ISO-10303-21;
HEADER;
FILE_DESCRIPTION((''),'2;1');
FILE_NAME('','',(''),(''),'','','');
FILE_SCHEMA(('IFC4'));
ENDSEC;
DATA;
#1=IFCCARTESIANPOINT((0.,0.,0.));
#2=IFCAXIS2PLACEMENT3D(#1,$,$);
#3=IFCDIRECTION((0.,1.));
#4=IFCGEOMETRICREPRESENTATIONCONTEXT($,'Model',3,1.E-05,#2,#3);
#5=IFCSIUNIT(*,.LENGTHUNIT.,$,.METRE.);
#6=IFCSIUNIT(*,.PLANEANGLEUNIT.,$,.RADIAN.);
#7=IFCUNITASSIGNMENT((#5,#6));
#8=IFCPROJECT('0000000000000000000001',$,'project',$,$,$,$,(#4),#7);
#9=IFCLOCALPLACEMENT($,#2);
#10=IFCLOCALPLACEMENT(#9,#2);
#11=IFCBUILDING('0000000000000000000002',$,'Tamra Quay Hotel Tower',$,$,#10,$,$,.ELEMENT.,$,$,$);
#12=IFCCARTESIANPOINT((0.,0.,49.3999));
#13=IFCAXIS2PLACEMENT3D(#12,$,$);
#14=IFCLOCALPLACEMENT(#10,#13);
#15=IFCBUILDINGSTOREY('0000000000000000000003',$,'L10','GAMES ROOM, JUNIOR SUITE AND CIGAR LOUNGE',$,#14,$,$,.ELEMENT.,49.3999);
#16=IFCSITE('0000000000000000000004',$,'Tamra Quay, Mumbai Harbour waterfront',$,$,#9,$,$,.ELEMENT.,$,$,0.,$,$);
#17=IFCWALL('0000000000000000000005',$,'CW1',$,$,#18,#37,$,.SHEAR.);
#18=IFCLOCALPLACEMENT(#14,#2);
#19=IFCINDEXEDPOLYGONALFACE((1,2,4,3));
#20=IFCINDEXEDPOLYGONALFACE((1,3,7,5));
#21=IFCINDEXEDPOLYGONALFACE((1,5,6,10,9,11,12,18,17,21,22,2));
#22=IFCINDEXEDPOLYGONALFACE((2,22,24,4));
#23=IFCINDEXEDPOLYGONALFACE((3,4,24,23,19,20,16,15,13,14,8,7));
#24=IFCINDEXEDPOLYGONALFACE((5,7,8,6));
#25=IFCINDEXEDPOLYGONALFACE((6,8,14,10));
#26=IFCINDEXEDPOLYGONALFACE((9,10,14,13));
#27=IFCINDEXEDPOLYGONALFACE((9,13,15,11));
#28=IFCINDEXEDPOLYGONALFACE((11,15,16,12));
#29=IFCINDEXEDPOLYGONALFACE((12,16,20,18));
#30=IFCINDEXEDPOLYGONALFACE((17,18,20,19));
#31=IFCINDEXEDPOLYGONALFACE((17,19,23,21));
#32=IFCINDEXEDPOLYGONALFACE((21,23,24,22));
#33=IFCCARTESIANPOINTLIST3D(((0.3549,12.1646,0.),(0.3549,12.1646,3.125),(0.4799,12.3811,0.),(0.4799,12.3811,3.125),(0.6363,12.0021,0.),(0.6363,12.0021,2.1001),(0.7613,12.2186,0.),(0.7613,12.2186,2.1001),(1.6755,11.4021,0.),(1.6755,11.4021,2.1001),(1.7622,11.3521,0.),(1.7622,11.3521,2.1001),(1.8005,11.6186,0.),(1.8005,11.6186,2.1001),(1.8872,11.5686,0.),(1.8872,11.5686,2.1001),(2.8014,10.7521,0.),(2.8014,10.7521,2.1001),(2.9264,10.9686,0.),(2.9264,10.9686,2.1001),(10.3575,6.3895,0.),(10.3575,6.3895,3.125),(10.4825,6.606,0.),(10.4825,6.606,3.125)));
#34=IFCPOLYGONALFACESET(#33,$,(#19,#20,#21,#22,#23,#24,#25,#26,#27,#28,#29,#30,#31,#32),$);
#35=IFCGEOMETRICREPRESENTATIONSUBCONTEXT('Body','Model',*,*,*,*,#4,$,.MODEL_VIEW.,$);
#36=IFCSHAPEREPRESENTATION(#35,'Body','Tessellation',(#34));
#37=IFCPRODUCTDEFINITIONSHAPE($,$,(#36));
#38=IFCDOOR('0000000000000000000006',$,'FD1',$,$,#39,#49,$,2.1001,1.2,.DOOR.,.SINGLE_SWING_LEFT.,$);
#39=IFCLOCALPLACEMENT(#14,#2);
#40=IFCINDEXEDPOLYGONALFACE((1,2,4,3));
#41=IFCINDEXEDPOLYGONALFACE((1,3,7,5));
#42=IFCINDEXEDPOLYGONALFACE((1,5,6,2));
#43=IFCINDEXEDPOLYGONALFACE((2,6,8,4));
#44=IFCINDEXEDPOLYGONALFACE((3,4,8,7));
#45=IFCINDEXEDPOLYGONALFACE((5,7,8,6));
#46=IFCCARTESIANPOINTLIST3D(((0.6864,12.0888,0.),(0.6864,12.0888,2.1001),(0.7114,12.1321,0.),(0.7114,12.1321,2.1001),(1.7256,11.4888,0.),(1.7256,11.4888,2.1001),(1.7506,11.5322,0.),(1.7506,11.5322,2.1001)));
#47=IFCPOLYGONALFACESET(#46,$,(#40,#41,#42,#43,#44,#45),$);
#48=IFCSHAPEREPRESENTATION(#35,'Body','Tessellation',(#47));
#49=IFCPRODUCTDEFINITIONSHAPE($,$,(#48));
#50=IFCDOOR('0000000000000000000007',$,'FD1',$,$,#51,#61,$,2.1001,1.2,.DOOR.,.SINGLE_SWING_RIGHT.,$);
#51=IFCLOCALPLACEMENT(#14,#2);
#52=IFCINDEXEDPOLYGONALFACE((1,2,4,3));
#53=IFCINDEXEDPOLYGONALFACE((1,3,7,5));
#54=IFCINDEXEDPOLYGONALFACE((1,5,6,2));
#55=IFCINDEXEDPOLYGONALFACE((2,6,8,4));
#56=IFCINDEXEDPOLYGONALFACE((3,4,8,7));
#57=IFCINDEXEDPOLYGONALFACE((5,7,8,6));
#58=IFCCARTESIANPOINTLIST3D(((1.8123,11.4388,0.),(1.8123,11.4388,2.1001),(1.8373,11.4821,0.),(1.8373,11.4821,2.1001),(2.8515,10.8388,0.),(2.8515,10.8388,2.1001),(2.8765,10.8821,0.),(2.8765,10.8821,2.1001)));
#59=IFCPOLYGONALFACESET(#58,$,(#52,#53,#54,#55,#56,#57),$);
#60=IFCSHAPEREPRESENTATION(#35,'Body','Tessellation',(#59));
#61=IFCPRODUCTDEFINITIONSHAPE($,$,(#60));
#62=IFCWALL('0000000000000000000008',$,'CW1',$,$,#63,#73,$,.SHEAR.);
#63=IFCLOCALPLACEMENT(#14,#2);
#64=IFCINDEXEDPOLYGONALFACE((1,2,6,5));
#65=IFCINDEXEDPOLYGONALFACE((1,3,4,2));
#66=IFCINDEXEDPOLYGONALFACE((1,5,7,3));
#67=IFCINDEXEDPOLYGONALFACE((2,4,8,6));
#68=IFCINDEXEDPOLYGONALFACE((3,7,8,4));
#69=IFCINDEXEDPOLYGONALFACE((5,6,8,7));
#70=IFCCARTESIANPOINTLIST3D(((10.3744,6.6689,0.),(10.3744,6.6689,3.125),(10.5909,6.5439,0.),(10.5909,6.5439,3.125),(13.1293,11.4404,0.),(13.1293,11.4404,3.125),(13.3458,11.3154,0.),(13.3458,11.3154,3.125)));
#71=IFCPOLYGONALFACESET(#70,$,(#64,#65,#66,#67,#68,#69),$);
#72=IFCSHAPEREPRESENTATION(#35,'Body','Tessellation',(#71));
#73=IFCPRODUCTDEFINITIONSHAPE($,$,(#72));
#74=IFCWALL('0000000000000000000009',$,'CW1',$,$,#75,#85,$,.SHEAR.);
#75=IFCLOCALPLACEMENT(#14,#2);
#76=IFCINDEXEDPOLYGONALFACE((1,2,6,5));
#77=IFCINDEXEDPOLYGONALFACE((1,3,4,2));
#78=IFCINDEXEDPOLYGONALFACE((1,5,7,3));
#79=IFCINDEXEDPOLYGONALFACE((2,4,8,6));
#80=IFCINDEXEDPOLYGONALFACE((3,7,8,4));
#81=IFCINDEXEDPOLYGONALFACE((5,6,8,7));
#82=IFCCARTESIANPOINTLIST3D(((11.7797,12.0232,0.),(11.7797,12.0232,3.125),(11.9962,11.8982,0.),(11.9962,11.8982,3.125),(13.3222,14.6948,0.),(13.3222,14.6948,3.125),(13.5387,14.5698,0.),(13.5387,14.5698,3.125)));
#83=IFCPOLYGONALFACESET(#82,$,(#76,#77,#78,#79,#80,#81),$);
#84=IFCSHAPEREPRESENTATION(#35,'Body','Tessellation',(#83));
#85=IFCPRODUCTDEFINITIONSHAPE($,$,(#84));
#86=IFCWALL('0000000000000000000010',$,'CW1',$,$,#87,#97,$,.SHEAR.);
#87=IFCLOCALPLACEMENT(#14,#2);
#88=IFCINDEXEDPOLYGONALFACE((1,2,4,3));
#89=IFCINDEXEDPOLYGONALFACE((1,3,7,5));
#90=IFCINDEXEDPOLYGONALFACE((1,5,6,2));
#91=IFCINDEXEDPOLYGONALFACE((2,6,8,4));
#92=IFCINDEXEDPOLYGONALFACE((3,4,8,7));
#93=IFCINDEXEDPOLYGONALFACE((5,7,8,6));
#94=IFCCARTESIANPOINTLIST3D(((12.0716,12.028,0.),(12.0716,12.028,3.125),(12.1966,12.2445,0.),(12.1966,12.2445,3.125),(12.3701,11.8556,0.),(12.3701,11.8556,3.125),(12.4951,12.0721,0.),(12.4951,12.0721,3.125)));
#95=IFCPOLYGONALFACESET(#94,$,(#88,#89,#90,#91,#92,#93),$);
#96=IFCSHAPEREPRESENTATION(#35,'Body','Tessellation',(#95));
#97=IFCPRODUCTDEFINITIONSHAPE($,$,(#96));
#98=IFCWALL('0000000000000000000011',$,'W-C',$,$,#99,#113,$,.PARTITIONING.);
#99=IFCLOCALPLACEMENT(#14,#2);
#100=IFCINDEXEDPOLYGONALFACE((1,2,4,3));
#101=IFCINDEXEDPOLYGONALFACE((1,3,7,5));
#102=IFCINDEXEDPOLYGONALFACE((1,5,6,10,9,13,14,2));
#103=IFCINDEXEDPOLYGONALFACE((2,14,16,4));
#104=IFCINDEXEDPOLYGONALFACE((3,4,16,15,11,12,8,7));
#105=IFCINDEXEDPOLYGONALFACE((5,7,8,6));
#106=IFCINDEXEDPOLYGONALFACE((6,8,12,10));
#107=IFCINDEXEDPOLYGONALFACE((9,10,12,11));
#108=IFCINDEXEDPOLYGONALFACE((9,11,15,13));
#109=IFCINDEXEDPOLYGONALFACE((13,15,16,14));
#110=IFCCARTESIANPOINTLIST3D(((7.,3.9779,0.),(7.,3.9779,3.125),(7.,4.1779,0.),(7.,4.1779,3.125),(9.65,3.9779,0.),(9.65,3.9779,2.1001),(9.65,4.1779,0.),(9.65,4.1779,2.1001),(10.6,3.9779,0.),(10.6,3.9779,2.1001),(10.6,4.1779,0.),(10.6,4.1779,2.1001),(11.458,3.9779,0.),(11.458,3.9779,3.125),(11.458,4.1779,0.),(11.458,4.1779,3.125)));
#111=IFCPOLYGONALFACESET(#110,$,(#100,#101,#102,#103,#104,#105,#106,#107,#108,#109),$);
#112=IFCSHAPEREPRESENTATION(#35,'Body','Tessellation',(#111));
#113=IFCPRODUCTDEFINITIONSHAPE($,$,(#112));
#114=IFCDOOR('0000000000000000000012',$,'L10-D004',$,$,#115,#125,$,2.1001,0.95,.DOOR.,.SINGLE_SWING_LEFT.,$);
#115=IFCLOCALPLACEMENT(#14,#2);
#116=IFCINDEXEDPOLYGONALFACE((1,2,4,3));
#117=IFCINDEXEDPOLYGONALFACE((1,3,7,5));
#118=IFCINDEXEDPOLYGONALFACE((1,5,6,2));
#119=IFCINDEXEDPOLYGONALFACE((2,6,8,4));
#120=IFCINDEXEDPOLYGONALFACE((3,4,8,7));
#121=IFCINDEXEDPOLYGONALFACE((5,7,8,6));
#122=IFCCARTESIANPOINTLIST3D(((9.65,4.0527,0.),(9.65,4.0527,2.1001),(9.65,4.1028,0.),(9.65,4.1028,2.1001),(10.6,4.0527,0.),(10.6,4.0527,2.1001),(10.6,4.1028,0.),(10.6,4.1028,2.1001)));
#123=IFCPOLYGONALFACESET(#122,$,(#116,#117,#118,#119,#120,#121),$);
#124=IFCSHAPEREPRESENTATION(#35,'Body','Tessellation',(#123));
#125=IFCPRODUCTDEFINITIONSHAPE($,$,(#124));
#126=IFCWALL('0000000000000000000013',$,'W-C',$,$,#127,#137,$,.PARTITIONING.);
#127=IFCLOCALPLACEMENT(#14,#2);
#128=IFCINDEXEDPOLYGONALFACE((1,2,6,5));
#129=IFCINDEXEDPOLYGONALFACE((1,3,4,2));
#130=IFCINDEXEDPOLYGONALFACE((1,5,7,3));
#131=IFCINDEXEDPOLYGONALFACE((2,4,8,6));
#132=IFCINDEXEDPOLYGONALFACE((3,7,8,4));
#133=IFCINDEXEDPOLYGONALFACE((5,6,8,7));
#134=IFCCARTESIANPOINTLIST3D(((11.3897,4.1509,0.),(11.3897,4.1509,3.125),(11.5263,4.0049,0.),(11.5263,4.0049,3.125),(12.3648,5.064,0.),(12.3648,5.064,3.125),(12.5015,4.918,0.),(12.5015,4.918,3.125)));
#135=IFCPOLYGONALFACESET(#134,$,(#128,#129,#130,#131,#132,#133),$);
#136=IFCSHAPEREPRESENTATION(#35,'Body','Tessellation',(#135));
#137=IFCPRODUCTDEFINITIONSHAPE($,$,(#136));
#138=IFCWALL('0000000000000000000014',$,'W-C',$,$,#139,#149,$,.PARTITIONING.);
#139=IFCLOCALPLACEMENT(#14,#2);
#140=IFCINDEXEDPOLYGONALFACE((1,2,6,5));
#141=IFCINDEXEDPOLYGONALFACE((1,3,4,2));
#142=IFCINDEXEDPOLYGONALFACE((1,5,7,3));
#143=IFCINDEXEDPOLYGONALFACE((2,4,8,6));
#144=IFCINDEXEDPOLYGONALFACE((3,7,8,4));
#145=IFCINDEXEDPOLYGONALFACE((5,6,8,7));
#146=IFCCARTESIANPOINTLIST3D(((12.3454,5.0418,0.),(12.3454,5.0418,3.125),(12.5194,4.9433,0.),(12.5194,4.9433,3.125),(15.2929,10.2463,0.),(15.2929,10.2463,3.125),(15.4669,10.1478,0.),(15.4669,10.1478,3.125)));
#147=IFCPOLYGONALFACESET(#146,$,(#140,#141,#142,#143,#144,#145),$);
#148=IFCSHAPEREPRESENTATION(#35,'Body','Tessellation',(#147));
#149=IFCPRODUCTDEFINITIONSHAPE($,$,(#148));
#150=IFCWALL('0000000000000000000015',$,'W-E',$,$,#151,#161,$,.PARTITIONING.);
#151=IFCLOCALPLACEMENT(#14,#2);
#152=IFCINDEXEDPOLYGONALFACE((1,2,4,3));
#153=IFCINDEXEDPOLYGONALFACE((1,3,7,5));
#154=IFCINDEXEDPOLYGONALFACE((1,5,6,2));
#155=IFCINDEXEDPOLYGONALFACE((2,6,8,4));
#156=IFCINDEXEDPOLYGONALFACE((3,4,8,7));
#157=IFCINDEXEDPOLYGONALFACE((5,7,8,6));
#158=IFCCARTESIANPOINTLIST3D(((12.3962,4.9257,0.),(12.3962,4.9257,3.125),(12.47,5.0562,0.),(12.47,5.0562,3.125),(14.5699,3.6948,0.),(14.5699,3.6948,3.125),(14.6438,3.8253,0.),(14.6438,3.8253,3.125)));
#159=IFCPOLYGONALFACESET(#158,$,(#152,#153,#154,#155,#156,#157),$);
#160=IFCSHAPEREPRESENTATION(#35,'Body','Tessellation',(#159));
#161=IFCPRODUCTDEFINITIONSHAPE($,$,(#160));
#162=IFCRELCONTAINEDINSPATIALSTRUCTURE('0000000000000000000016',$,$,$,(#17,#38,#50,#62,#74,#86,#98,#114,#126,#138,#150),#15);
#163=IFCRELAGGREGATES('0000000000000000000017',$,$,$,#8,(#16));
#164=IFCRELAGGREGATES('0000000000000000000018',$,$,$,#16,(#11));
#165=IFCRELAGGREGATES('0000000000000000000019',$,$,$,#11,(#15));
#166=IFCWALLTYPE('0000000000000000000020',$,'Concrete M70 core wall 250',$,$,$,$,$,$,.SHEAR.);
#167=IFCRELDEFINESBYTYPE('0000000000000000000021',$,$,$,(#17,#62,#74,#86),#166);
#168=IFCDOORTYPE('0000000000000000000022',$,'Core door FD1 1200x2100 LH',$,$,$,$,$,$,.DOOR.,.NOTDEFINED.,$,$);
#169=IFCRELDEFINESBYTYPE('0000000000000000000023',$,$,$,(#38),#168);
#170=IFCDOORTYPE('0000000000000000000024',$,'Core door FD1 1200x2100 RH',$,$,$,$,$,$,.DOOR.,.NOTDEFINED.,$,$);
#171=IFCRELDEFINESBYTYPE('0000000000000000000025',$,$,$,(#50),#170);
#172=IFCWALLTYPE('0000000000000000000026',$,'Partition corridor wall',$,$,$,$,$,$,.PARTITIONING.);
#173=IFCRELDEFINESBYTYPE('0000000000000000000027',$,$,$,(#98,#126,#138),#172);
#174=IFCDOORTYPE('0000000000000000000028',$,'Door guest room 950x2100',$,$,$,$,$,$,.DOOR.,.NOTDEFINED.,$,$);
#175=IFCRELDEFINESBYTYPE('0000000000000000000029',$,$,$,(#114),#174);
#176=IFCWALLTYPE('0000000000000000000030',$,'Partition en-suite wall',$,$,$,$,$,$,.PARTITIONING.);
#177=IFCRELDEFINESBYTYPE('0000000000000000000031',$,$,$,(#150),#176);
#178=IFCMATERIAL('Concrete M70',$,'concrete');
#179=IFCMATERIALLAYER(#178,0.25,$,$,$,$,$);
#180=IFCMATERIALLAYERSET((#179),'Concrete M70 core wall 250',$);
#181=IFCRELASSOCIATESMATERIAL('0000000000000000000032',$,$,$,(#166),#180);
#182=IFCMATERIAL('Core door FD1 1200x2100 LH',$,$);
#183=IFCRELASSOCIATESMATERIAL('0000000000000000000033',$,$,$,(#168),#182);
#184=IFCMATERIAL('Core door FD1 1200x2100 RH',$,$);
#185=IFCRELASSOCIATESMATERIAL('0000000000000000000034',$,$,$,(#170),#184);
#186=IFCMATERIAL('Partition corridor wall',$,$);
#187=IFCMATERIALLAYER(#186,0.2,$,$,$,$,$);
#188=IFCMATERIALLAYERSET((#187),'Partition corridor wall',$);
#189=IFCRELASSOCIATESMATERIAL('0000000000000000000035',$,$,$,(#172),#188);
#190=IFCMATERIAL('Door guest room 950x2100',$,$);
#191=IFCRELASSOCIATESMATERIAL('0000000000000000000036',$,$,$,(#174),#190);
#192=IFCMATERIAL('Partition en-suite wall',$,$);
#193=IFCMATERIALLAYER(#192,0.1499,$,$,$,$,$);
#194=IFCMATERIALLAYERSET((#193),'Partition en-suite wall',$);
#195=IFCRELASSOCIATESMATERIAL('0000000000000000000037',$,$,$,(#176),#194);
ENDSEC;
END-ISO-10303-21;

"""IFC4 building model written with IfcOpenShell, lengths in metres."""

from ifc_helpers import new_model, si_unit, direction, frame, frame_2d, origin, place, context, subcontext, project, spatial, rectangle, extrude, material, layer, layer_set, type_object, element, fill, save


model = new_model("IFC4")

# Units and contexts
model_context = context("Model", 3, precision=1e-05, world=origin(), true_north=direction((0.0, 1.0)))
body_context = subcontext(model_context, "Body", "Model", "MODEL_VIEW")
ifc_project = project(units=[si_unit("LENGTHUNIT", "METRE"), si_unit("PLANEANGLEUNIT", "RADIAN")], contexts=[model_context])

# Site, building, storey
site_placement = place(None, origin())
site = spatial("IfcSite", under=ifc_project, at=site_placement, Name="Tamra Quay, Mumbai Harbour waterfront", CompositionType="ELEMENT", RefElevation=0.0)
building_placement = place(site_placement, origin())
building = spatial("IfcBuilding", under=site, at=building_placement, Name="Tamra Quay Hotel Tower", CompositionType="ELEMENT")
storey_placement = place(building_placement, frame((0.0, 0.0, 49.3999)))
storey = spatial("IfcBuildingStorey", under=building, at=storey_placement, Name="L10", Description="GAMES ROOM, JUNIOR SUITE AND CIGAR LOUNGE", CompositionType="ELEMENT", Elevation=49.3999)

# Wall, openings, doors
ifc_material_1 = material(Name="Concrete M70", Category="concrete")
ifc_layer_1 = layer(ifc_material_1, 0.25)
ifc_layer_set_1 = layer_set([ifc_layer_1], Name="Concrete M70 core wall 250")
wall_type_1 = type_object("IfcWallType", Name="Concrete M70 core wall 250", PredefinedType="SHEAR", material=ifc_layer_set_1)
wall_1_placement = place(storey_placement, frame((10.4199, 6.4978, 0.0), z_axis=(0.0, 0.0, 1.0), x_axis=(-0.866022, 0.500006, 0.0)))
wall_1 = element("IfcWall", 1, at=wall_1_placement, inside=storey, type_object=wall_type_1, Name="CW1", PredefinedType="SHEAR", context=body_context, shape_type="SweptSolid", body=[
    extrude(rectangle(XDim=11.55, YDim=0.25, at=frame_2d((5.7749, 0.0))), origin(), (0.0, 0.0, 1.0), 3.125),
])
opening_1_placement = place(wall_1_placement, frame((10.0249, 0.0, 0.0)))
opening_1 = element("IfcOpeningElement", 2, at=opening_1_placement, cuts=wall_1, PredefinedType="OPENING", context=body_context, shape_type="SweptSolid", body=[
    extrude(rectangle(XDim=1.2, YDim=2.1001, at=frame_2d((0.6001, 1.05))), frame((0.0, 0.135, 0.0), z_axis=(0.0, -1.0, 0.0), x_axis=(1.0, 0.0, 0.0)), (0.0, 0.0, 1.0), 0.27),
])
opening_2_placement = place(wall_1_placement, frame((8.7249, 0.0, 0.0)))
opening_2 = element("IfcOpeningElement", 3, at=opening_2_placement, cuts=wall_1, PredefinedType="OPENING", context=body_context, shape_type="SweptSolid", body=[
    extrude(rectangle(XDim=1.2, YDim=2.1001, at=frame_2d((0.6001, 1.05))), frame((0.0, 0.135, 0.0), z_axis=(0.0, -1.0, 0.0), x_axis=(1.0, 0.0, 0.0)), (0.0, 0.0, 1.0), 0.27),
])
ifc_material_2 = material(Name="Core door FD1 1200x2100 LH")
door_type_1 = type_object("IfcDoorType", Name="Core door FD1 1200x2100 LH", OperationType="NOTDEFINED", PredefinedType="DOOR", material=ifc_material_2)
door_1_placement = place(opening_1_placement, origin())
door_1 = element("IfcDoor", 4, at=door_1_placement, inside=storey, type_object=door_type_1, Name="FD1", OperationType="SINGLE_SWING_LEFT", OverallHeight=2.1001, OverallWidth=1.2, PredefinedType="DOOR", context=body_context, shape_type="SweptSolid", body=[
    extrude(rectangle(XDim=1.2, YDim=2.1001, at=frame_2d((0.6001, 1.05))), frame((0.0, 0.0249, 0.0), z_axis=(0.0, -1.0, 0.0), x_axis=(1.0, 0.0, 0.0)), (0.0, 0.0, 1.0), 0.05),
])
fill(opening_1, door_1)
ifc_material_3 = material(Name="Core door FD1 1200x2100 RH")
door_type_2 = type_object("IfcDoorType", Name="Core door FD1 1200x2100 RH", OperationType="NOTDEFINED", PredefinedType="DOOR", material=ifc_material_3)
door_2_placement = place(opening_2_placement, origin())
door_2 = element("IfcDoor", 5, at=door_2_placement, inside=storey, type_object=door_type_2, Name="FD1", OperationType="SINGLE_SWING_RIGHT", OverallHeight=2.1001, OverallWidth=1.2, PredefinedType="DOOR", context=body_context, shape_type="SweptSolid", body=[
    extrude(rectangle(XDim=1.2, YDim=2.1001, at=frame_2d((0.6001, 1.05))), frame((0.0, 0.0249, 0.0), z_axis=(0.0, -1.0, 0.0), x_axis=(1.0, 0.0, 0.0)), (0.0, 0.0, 1.0), 0.05),
])
fill(opening_2, door_2)

# Walls
wall_2_placement = place(storey_placement, frame((13.2375, 11.3779, 0.0), z_axis=(0.0, 0.0, 1.0), x_axis=(-0.500009, -0.86602, 0.0)))
element("IfcWall", 6, at=wall_2_placement, inside=storey, type_object=wall_type_1, Name="CW1", PredefinedType="SHEAR", context=body_context, shape_type="SweptSolid", body=[
    extrude(rectangle(XDim=5.5098, YDim=0.25, at=frame_2d((2.7549, 0.0))), origin(), (0.0, 0.0, 1.0), 3.125),
])
wall_3_placement = place(storey_placement, frame((11.8879, 11.9607, 0.0), z_axis=(0.0, 0.0, 1.0), x_axis=(0.500003, 0.866023, 0.0)))
element("IfcWall", 7, at=wall_3_placement, inside=storey, type_object=wall_type_1, Name="CW1", PredefinedType="SHEAR", context=body_context, shape_type="SweptSolid", body=[
    extrude(rectangle(XDim=3.085, YDim=0.25, at=frame_2d((1.5425, 0.0))), origin(), (0.0, 0.0, 1.0), 3.125),
])
wall_4_placement = place(storey_placement, frame((12.4326, 11.9639, 0.0), z_axis=(0.0, 0.0, 1.0), x_axis=(-0.866056, 0.499947, 0.0)))
element("IfcWall", 8, at=wall_4_placement, inside=storey, type_object=wall_type_1, Name="CW1", PredefinedType="SHEAR", context=body_context, shape_type="SweptSolid", body=[
    extrude(rectangle(XDim=0.3447, YDim=0.25, at=frame_2d((0.1724, 0.0))), origin(), (0.0, 0.0, 1.0), 3.125),
])

# Wall, opening, door
ifc_material_4 = material(Name="Partition corridor wall")
ifc_layer_2 = layer(ifc_material_4, 0.2)
ifc_layer_set_2 = layer_set([ifc_layer_2], Name="Partition corridor wall")
wall_type_2 = type_object("IfcWallType", Name="Partition corridor wall", PredefinedType="PARTITIONING", material=ifc_layer_set_2)
wall_5_placement = place(storey_placement, frame((7.0, 4.0779, 0.0), z_axis=(0.0, 0.0, 1.0), x_axis=(1.0, 0.0, 0.0)))
wall_5 = element("IfcWall", 9, at=wall_5_placement, inside=storey, type_object=wall_type_2, Name="W-C", PredefinedType="PARTITIONING", context=body_context, shape_type="SweptSolid", body=[
    extrude(rectangle(XDim=4.458, YDim=0.2, at=frame_2d((2.229, 0.0))), origin(), (0.0, 0.0, 1.0), 3.125),
])
opening_3_placement = place(wall_5_placement, frame((2.6499, 0.0, 0.0)))
opening_3 = element("IfcOpeningElement", 10, at=opening_3_placement, cuts=wall_5, PredefinedType="OPENING", context=body_context, shape_type="SweptSolid", body=[
    extrude(rectangle(XDim=0.95, YDim=2.1001, at=frame_2d((0.4751, 1.05))), frame((0.0, 0.1099, 0.0), z_axis=(0.0, -1.0, 0.0), x_axis=(1.0, 0.0, 0.0)), (0.0, 0.0, 1.0), 0.22),
])
ifc_material_5 = material(Name="Door guest room 950x2100")
door_type_3 = type_object("IfcDoorType", Name="Door guest room 950x2100", OperationType="NOTDEFINED", PredefinedType="DOOR", material=ifc_material_5)
door_3_placement = place(opening_3_placement, origin())
door_3 = element("IfcDoor", 11, at=door_3_placement, inside=storey, type_object=door_type_3, Name="L10-D004", OperationType="SINGLE_SWING_LEFT", OverallHeight=2.1001, OverallWidth=0.95, PredefinedType="DOOR", context=body_context, shape_type="SweptSolid", body=[
    extrude(rectangle(XDim=0.95, YDim=2.1001, at=frame_2d((0.4751, 1.05))), frame((0.0, 0.0249, 0.0), z_axis=(0.0, -1.0, 0.0), x_axis=(1.0, 0.0, 0.0)), (0.0, 0.0, 1.0), 0.05),
])
fill(opening_3, door_3)

# Walls
wall_6_placement = place(storey_placement, frame((11.458, 4.0779, 0.0), z_axis=(0.0, 0.0, 1.0), x_axis=(0.729936, 0.683515, 0.0)))
element("IfcWall", 12, at=wall_6_placement, inside=storey, type_object=wall_type_2, Name="W-C", PredefinedType="PARTITIONING", context=body_context, shape_type="SweptSolid", body=[
    extrude(rectangle(XDim=1.3359, YDim=0.2, at=frame_2d((0.668, 0.0))), origin(), (0.0, 0.0, 1.0), 3.125),
])
wall_7_placement = place(storey_placement, frame((12.4324, 4.9924, 0.0), z_axis=(0.0, 0.0, 1.0), x_axis=(0.49279, 0.870148, 0.0)))
element("IfcWall", 13, at=wall_7_placement, inside=storey, type_object=wall_type_2, Name="W-C", PredefinedType="PARTITIONING", context=body_context, shape_type="SweptSolid", body=[
    extrude(rectangle(XDim=5.9812, YDim=0.2, at=frame_2d((2.9907, 0.0))), origin(), (0.0, 0.0, 1.0), 3.125),
])
ifc_material_6 = material(Name="Partition en-suite wall")
ifc_layer_3 = layer(ifc_material_6, 0.1499)
ifc_layer_set_3 = layer_set([ifc_layer_3], Name="Partition en-suite wall")
wall_type_3 = type_object("IfcWallType", Name="Partition en-suite wall", PredefinedType="PARTITIONING", material=ifc_layer_set_3)
wall_8_placement = place(storey_placement, frame((12.4331, 4.991, 0.0), z_axis=(0.0, 0.0, 1.0), x_axis=(0.870173, -0.492746, 0.0)))
element("IfcWall", 14, at=wall_8_placement, inside=storey, type_object=wall_type_3, Name="W-E", PredefinedType="PARTITIONING", context=body_context, shape_type="SweptSolid", body=[
    extrude(rectangle(XDim=2.498, YDim=0.1499, at=frame_2d((1.249, 0.0))), origin(), (0.0, 0.0, 1.0), 3.125),
])

save(model, "model.ifc")
